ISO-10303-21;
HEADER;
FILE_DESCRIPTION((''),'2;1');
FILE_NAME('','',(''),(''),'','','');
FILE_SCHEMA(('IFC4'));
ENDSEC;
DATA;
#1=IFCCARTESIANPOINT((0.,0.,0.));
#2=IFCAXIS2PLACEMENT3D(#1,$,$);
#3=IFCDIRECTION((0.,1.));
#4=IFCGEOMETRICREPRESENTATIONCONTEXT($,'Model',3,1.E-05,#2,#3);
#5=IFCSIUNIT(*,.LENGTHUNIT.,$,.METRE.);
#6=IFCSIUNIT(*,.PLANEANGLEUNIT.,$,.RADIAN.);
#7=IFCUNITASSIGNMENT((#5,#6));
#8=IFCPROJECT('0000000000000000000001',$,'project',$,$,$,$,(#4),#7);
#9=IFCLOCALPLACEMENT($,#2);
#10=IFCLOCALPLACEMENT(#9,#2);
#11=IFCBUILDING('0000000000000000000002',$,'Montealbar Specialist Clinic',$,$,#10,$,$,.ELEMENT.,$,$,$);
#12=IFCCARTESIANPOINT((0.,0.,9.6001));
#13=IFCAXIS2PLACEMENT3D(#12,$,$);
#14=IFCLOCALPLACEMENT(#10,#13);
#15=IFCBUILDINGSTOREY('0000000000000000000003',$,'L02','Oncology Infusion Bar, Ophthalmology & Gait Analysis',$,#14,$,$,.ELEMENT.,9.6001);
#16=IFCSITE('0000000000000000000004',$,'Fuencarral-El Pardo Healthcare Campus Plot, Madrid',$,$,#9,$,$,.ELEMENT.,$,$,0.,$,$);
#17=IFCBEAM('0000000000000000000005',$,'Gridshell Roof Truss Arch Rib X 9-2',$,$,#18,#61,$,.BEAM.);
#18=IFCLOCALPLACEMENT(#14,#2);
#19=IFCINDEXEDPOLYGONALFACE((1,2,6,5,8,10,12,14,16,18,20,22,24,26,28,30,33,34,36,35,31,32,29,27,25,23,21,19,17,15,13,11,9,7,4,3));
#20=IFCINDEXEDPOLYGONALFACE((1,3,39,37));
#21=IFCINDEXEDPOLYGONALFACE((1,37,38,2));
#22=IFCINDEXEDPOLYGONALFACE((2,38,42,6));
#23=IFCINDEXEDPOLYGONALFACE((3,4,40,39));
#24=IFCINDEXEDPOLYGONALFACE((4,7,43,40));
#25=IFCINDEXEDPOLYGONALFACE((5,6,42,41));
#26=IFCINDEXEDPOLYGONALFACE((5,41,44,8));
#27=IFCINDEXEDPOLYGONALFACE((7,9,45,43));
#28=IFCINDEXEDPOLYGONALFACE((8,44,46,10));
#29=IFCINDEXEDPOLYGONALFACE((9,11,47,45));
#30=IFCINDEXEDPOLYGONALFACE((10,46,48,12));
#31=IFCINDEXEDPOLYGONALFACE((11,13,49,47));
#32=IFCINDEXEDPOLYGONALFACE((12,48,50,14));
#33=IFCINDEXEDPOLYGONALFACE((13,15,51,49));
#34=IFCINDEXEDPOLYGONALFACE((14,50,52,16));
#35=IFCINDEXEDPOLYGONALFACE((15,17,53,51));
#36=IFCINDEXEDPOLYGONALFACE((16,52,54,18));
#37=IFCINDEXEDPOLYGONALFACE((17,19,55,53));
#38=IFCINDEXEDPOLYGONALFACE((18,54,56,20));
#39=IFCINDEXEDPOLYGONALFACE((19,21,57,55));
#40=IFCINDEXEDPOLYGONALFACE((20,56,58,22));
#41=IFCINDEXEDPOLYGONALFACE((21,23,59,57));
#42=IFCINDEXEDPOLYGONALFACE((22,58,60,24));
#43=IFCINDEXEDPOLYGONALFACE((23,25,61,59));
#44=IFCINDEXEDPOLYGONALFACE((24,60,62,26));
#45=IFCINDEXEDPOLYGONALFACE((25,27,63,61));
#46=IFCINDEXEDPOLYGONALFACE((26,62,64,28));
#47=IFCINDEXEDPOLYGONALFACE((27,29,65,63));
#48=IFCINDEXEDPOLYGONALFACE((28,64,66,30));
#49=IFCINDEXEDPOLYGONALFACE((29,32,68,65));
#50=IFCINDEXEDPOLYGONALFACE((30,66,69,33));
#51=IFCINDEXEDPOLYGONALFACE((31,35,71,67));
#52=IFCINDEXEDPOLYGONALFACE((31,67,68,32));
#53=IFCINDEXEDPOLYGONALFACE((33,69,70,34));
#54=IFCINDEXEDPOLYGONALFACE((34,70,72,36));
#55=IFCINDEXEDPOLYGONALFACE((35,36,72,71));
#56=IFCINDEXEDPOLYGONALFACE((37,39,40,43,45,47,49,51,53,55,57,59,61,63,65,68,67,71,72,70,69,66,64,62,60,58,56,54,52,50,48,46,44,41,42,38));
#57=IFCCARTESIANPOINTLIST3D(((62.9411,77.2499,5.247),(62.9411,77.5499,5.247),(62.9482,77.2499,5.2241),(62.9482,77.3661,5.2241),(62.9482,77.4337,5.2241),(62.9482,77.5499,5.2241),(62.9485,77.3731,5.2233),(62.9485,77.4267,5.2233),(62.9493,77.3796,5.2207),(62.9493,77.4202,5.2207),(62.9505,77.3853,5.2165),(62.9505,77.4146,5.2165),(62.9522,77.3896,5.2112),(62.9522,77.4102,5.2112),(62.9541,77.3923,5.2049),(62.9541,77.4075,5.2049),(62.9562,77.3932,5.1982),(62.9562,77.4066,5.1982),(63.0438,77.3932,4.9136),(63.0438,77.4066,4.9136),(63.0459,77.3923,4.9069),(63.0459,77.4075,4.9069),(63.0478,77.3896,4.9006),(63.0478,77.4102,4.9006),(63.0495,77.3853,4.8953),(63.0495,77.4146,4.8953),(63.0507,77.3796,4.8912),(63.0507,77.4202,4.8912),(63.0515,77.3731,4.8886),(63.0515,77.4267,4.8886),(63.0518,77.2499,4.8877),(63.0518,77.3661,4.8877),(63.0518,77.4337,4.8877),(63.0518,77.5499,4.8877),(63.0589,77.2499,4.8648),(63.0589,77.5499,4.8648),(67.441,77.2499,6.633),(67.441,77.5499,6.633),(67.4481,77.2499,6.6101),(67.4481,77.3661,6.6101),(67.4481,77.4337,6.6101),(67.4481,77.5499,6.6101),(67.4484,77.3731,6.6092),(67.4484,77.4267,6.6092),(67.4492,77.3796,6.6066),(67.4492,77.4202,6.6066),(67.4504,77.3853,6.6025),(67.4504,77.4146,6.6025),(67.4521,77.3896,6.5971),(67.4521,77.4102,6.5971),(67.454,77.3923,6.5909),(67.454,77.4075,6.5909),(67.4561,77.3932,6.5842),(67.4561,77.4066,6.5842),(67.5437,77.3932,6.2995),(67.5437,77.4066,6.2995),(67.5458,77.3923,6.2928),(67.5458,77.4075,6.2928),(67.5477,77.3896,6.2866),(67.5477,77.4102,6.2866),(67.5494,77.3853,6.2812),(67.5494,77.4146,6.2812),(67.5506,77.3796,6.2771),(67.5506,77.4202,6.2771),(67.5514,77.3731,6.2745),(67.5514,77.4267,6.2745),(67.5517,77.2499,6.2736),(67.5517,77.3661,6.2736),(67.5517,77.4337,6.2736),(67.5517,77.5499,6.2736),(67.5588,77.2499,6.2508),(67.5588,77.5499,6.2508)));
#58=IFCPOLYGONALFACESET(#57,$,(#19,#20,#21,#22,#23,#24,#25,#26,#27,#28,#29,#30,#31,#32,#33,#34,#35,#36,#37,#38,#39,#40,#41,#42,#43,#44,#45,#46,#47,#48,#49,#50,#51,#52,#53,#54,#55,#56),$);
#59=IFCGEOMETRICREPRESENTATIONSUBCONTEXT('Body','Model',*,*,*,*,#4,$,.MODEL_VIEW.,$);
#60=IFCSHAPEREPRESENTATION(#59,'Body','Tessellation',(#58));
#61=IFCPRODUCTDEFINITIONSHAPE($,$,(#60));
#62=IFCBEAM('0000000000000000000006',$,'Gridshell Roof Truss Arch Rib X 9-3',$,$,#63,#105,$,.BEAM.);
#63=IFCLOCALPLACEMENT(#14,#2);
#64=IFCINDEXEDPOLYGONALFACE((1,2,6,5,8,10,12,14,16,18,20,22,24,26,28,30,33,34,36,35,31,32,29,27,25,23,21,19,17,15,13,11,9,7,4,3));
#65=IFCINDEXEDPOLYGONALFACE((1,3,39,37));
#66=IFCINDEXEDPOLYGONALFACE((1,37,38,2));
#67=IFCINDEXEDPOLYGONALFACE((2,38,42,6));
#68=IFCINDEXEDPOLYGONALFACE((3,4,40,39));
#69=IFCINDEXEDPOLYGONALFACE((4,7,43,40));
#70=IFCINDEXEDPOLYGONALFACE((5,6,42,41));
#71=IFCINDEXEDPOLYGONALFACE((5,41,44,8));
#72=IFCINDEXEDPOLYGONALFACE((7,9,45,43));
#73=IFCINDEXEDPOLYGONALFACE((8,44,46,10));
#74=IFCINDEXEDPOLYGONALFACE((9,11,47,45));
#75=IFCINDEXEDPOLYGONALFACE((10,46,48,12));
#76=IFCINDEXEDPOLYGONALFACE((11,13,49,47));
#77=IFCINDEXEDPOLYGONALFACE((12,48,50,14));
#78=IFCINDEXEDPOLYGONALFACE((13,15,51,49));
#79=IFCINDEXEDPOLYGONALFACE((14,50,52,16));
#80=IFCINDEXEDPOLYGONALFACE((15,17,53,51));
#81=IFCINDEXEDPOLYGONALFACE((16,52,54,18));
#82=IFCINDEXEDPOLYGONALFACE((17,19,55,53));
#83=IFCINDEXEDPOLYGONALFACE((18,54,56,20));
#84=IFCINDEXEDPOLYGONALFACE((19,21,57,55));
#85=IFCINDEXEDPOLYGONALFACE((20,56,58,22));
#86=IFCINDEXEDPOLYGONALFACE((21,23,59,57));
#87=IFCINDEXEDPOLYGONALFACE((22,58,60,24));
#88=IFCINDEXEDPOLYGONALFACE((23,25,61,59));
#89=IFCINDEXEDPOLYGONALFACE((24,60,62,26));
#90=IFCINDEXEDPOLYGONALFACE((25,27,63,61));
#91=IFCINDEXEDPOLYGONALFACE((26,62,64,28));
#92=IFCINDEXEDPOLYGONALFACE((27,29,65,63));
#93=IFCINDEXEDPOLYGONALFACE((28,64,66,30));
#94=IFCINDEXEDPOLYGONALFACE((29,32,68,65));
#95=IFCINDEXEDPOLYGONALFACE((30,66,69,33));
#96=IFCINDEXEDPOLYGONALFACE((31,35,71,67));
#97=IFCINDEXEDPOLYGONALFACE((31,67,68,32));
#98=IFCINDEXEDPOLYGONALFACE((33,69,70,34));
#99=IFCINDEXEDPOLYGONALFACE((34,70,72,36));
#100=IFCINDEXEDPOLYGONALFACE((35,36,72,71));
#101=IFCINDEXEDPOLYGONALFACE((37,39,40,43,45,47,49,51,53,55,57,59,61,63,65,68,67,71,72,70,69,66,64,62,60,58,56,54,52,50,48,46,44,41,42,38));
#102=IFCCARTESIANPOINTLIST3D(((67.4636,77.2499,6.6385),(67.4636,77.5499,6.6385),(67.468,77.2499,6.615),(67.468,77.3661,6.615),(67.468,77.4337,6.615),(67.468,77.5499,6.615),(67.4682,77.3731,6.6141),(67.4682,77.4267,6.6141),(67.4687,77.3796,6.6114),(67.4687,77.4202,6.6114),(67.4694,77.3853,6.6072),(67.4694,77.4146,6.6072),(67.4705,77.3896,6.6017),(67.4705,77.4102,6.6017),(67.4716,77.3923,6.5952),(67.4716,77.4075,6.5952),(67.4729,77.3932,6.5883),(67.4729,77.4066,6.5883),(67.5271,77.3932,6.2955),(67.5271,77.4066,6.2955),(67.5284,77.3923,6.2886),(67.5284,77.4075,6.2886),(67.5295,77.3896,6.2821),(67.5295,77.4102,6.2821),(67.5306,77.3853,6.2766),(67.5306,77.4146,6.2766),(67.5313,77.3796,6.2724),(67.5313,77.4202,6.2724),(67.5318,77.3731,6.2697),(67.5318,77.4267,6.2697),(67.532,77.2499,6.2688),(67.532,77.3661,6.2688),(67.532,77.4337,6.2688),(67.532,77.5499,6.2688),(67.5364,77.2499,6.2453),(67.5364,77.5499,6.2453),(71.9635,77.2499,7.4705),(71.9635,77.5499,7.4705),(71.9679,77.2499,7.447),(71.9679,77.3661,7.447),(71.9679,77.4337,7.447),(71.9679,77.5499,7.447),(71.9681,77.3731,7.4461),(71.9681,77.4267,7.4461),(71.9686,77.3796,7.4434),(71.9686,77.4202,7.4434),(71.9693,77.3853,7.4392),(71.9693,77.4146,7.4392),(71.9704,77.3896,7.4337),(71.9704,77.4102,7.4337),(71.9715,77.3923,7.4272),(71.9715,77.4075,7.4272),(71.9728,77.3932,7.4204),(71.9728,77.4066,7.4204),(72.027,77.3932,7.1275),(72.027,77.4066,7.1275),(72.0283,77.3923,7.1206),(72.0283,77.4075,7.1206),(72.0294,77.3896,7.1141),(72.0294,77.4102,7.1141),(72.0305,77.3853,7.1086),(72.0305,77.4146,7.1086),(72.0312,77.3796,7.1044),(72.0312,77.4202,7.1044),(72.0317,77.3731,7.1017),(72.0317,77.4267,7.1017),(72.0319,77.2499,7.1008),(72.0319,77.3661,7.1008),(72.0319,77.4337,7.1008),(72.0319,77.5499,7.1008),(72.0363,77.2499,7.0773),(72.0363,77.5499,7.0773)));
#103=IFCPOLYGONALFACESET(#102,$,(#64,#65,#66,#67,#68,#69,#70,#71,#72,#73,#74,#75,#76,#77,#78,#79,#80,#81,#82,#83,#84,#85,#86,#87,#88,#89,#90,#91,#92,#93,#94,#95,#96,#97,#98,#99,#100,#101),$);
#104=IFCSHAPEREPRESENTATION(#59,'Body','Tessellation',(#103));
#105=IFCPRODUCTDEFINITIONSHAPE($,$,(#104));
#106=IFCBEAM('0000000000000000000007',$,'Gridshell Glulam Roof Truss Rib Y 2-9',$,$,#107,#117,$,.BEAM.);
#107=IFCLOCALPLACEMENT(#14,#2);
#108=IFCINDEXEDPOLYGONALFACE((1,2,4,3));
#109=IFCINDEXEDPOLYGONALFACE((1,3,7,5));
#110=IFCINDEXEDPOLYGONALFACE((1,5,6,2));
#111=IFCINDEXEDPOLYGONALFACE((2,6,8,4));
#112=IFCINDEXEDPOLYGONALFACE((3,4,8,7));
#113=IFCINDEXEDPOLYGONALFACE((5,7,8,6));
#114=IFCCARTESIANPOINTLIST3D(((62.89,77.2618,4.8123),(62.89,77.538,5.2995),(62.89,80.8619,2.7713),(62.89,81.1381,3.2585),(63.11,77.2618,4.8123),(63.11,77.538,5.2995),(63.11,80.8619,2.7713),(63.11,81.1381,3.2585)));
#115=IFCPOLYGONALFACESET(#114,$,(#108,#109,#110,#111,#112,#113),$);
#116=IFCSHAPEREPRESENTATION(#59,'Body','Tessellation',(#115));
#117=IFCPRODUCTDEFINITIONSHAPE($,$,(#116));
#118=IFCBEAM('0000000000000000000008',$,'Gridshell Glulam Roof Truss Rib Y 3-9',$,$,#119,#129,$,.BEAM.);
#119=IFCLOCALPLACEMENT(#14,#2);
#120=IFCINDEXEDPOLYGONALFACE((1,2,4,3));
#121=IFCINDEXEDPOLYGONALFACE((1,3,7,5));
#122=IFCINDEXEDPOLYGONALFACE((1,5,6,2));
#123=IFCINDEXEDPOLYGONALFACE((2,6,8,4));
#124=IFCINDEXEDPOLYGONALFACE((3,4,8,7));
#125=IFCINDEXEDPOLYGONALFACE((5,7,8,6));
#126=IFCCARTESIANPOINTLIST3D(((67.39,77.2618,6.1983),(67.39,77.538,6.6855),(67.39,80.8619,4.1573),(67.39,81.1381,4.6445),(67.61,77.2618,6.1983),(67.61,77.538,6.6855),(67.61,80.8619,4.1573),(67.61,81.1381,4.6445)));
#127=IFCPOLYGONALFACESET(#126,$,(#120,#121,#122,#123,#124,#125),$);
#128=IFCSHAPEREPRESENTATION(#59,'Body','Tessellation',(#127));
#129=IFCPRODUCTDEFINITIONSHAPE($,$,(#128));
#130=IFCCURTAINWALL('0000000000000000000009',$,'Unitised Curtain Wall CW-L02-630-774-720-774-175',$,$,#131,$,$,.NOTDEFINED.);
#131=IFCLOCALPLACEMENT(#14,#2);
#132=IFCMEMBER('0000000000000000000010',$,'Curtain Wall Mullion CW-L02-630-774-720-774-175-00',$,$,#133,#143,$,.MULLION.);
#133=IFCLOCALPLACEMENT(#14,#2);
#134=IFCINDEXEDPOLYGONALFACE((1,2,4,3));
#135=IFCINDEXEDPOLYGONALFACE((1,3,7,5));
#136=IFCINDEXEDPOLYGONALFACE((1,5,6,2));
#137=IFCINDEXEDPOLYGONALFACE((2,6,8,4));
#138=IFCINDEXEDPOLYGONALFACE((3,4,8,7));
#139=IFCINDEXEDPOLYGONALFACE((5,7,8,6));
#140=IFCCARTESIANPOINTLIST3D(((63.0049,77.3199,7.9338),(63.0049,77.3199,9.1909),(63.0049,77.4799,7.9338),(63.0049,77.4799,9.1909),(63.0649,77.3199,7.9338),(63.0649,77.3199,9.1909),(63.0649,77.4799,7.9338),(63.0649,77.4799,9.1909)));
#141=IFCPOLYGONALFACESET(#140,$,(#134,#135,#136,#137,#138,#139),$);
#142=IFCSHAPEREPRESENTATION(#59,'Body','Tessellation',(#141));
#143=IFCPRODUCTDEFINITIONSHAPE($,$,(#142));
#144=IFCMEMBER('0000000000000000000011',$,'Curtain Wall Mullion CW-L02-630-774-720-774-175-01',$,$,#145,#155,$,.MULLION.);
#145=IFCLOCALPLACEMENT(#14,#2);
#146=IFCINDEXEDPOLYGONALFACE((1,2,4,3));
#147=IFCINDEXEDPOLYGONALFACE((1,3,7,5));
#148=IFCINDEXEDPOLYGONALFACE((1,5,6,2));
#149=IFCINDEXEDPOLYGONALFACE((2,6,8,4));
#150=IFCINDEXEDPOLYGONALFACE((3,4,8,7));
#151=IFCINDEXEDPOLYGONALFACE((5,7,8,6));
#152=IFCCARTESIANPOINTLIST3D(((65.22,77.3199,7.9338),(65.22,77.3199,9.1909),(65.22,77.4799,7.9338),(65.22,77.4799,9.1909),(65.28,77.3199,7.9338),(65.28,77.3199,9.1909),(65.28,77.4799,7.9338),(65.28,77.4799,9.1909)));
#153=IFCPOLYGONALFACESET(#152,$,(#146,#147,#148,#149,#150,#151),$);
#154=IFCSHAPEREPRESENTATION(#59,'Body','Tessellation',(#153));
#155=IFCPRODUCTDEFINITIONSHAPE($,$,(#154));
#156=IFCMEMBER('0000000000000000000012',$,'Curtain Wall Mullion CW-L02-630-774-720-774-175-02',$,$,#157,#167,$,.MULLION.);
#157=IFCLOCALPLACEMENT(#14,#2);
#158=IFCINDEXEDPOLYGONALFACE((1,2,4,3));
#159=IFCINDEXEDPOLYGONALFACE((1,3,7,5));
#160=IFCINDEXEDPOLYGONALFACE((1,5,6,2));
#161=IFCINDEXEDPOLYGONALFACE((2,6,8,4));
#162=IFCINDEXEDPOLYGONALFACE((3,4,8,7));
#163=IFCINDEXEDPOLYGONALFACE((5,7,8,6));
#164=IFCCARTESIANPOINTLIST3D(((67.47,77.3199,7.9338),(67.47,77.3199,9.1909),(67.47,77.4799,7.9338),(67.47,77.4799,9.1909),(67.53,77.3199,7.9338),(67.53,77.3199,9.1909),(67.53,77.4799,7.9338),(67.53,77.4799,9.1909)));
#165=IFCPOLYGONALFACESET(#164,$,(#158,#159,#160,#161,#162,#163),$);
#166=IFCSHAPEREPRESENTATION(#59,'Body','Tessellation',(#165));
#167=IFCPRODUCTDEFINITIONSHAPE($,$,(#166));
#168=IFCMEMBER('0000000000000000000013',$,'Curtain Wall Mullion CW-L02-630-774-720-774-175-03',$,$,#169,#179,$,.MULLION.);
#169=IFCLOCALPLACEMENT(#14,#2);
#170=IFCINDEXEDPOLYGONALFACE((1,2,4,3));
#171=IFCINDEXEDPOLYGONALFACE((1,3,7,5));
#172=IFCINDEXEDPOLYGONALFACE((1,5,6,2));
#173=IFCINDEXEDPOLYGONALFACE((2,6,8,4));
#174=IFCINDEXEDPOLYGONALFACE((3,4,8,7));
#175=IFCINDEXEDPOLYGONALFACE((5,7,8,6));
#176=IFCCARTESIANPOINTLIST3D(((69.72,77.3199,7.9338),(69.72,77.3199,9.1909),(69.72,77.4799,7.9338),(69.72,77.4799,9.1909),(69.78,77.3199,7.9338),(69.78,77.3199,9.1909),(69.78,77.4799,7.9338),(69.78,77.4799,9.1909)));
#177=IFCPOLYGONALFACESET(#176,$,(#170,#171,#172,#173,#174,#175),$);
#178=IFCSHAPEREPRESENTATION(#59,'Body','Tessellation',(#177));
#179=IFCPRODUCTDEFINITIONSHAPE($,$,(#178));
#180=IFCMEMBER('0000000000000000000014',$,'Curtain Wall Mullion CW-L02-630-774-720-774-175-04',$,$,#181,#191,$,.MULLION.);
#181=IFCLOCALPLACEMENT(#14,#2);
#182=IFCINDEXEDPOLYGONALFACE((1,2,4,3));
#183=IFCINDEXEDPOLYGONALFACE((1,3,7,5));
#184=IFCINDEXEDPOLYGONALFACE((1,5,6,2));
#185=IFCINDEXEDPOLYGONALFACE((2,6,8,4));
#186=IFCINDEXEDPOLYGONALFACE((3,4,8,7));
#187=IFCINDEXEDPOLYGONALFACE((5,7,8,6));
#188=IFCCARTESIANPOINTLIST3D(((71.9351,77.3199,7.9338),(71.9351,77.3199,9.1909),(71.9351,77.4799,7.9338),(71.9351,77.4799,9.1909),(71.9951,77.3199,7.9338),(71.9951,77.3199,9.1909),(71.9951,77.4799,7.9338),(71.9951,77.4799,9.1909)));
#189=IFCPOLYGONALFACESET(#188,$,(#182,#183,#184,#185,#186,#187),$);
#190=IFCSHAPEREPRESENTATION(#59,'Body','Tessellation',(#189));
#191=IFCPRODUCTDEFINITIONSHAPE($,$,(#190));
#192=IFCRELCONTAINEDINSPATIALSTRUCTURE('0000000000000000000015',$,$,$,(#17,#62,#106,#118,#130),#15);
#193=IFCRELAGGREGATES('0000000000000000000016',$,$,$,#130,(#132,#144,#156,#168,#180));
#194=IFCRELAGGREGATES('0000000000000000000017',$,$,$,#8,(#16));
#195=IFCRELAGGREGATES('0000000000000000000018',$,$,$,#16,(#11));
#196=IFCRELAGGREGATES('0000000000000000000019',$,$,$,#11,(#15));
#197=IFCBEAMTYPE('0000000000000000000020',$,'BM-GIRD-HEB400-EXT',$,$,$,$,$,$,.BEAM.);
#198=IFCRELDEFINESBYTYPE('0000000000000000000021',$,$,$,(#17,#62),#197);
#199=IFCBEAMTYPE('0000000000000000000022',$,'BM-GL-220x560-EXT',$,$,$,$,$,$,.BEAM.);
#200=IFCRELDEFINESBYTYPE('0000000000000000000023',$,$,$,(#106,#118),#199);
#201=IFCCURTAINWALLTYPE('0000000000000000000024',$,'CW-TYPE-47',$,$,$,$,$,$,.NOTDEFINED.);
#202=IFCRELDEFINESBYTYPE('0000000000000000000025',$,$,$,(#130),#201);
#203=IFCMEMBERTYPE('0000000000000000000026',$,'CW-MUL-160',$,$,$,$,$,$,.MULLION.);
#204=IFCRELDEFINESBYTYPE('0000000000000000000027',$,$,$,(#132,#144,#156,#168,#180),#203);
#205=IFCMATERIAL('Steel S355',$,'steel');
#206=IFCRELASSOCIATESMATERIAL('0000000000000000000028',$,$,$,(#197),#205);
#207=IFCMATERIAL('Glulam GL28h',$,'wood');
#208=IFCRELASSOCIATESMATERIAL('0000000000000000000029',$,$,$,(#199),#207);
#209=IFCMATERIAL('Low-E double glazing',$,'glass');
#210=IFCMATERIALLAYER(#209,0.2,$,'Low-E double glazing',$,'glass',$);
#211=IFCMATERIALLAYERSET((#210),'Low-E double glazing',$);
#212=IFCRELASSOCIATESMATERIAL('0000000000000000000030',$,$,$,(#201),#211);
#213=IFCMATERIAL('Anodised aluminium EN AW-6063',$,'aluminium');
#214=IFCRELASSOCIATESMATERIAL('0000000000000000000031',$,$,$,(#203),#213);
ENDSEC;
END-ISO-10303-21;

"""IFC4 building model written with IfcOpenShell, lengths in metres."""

from ifc_helpers import new_model, si_unit, direction, frame, origin, origin_2d, place, context, subcontext, project, spatial, rectangle, i_section, extrude, material, layer, layer_set, material_profile, profile_set, type_object, element, aggregate, save


model = new_model("IFC4")

# Units and contexts
model_context = context("Model", 3, precision=1e-05, world=origin(), true_north=direction((0.0, 1.0)))
body_context = subcontext(model_context, "Body", "Model", "MODEL_VIEW")
ifc_project = project(units=[si_unit("LENGTHUNIT", "METRE"), si_unit("PLANEANGLEUNIT", "RADIAN")], contexts=[model_context])

# Site, building, storey
site_placement = place(None, origin())
site = spatial("IfcSite", under=ifc_project, at=site_placement, Name="Fuencarral-El Pardo Healthcare Campus Plot, Madrid", CompositionType="ELEMENT", RefElevation=0.0)
building_placement = place(site_placement, origin())
building = spatial("IfcBuilding", under=site, at=building_placement, Name="Montealbar Specialist Clinic", CompositionType="ELEMENT")
storey_placement = place(building_placement, frame((0.0, 0.0, 9.6001)))
storey = spatial("IfcBuildingStorey", under=building, at=storey_placement, Name="L02", Description="Oncology Infusion Bar, Ophthalmology & Gait Analysis", CompositionType="ELEMENT", Elevation=9.6001)

# Beams
ifc_material_1 = material(Name="Steel S355", Category="steel")
ifc_material_profile_1 = material_profile(ifc_material_1, i_section(OverallWidth=0.3, OverallDepth=0.3999, WebThickness=0.0134, FlangeThickness=0.0239, FilletRadius=0.0271, at=origin_2d()), Name="HEB 400", Category="steel")
ifc_profile_set_1 = profile_set([ifc_material_profile_1], Name="Steel S355")
beam_type_1 = type_object("IfcBeamType", Name="BM-GIRD-HEB400-EXT", PredefinedType="BEAM", material=ifc_profile_set_1)
beam_1_placement = place(storey_placement, frame((63.0, 77.3999, 5.0559), z_axis=(0.955697, 0.0, 0.294352), x_axis=(0.0, 1.0, 0.0)))
element("IfcBeam", 1, at=beam_1_placement, inside=storey, type_object=beam_type_1, Name="Gridshell Roof Truss Arch Rib X 9-2", PredefinedType="BEAM", context=body_context, shape_type="SweptSolid", body=[
    extrude(i_section(OverallWidth=0.3, OverallDepth=0.3999, WebThickness=0.0134, FlangeThickness=0.0239, FilletRadius=0.0271, at=origin_2d()), origin(), (0.0, 0.0, 1.0), 4.7085),
])
beam_2_placement = place(storey_placement, frame((67.5, 77.3999, 6.4419), z_axis=(0.983333, 0.0, 0.181814), x_axis=(0.0, 1.0, 0.0)))
element("IfcBeam", 2, at=beam_2_placement, inside=storey, type_object=beam_type_1, Name="Gridshell Roof Truss Arch Rib X 9-3", PredefinedType="BEAM", context=body_context, shape_type="SweptSolid", body=[
    extrude(i_section(OverallWidth=0.3, OverallDepth=0.3999, WebThickness=0.0134, FlangeThickness=0.0239, FilletRadius=0.0271, at=origin_2d()), origin(), (0.0, 0.0, 1.0), 4.5762),
])
ifc_material_2 = material(Name="Glulam GL28h", Category="wood")
ifc_material_profile_2 = material_profile(ifc_material_2, rectangle(XDim=0.22, YDim=0.5601, at=origin_2d()), Name="GL28h 220x560", Category="wood")
ifc_profile_set_2 = profile_set([ifc_material_profile_2], Name="Glulam GL28h")
beam_type_2 = type_object("IfcBeamType", Name="BM-GL-220x560-EXT", PredefinedType="BEAM", material=ifc_profile_set_2)
for number, where, z_axis, x_axis, name in (
    (3, (63.0, 77.3999, 5.0559), (0.0, 0.869923, -0.493188), (-1.0, 0.0, 0.0), "Gridshell Glulam Roof Truss Rib Y 2-9"),
    (4, (67.5, 77.3999, 6.4419), (0.0, 0.869923, -0.493188), (-1.0, 0.0, 0.0), "Gridshell Glulam Roof Truss Rib Y 3-9"),
):
    element("IfcBeam", number, at=place(storey_placement, frame(where, z_axis=z_axis, x_axis=x_axis)), inside=storey, type_object=beam_type_2, Name=name, PredefinedType="BEAM", context=body_context, shape_type="SweptSolid", body=[
        extrude(rectangle(XDim=0.22, YDim=0.5601, at=origin_2d()), origin(), (0.0, 0.0, 1.0), 4.1384),
    ])

# Curtain wall, members
ifc_material_3 = material(Name="Low-E double glazing", Category="glass")
ifc_layer_1 = layer(ifc_material_3, 0.2, Name="Low-E double glazing", Category="glass")
ifc_layer_set_1 = layer_set([ifc_layer_1], Name="Low-E double glazing")
curtain_wall_type = type_object("IfcCurtainWallType", Name="CW-TYPE-47", PredefinedType="NOTDEFINED", material=ifc_layer_set_1)
curtain_wall_placement = place(storey_placement, origin())
curtain_wall = element("IfcCurtainWall", 5, at=curtain_wall_placement, inside=storey, type_object=curtain_wall_type, Name="Unitised Curtain Wall CW-L02-630-774-720-774-175", PredefinedType="NOTDEFINED")
ifc_material_4 = material(Name="Anodised aluminium EN AW-6063", Category="aluminium")
ifc_material_profile_3 = material_profile(ifc_material_4, rectangle(XDim=0.0601, YDim=0.1599, at=origin_2d()), Name="ALU 60x160", Category="aluminium")
ifc_profile_set_3 = profile_set([ifc_material_profile_3], Name="Anodised aluminium EN AW-6063")
member_type_1 = type_object("IfcMemberType", Name="CW-MUL-160", PredefinedType="MULLION", material=ifc_profile_set_3)
member_1_placement = place(storey_placement, frame((63.0349, 77.3999, 7.9338), z_axis=(0.0, 0.0, 1.0), x_axis=(1.0, 0.0, 0.0)))
member_1 = element("IfcMember", 6, at=member_1_placement, type_object=member_type_1, Name="Curtain Wall Mullion CW-L02-630-774-720-774-175-00", PredefinedType="MULLION", context=body_context, shape_type="SweptSolid", body=[
    extrude(rectangle(XDim=0.0601, YDim=0.1599, at=origin_2d()), origin(), (0.0, 0.0, 1.0), 1.2571),
])
member_2_placement = place(storey_placement, frame((65.25, 77.3999, 7.9338), z_axis=(0.0, 0.0, 1.0), x_axis=(1.0, 0.0, 0.0)))
member_2 = element("IfcMember", 7, at=member_2_placement, type_object=member_type_1, Name="Curtain Wall Mullion CW-L02-630-774-720-774-175-01", PredefinedType="MULLION", context=body_context, shape_type="SweptSolid", body=[
    extrude(rectangle(XDim=0.0601, YDim=0.1599, at=origin_2d()), origin(), (0.0, 0.0, 1.0), 1.2571),
])
member_3_placement = place(storey_placement, frame((67.5, 77.3999, 7.9338), z_axis=(0.0, 0.0, 1.0), x_axis=(1.0, 0.0, 0.0)))
member_3 = element("IfcMember", 8, at=member_3_placement, type_object=member_type_1, Name="Curtain Wall Mullion CW-L02-630-774-720-774-175-02", PredefinedType="MULLION", context=body_context, shape_type="SweptSolid", body=[
    extrude(rectangle(XDim=0.0601, YDim=0.1599, at=origin_2d()), origin(), (0.0, 0.0, 1.0), 1.2571),
])
member_4_placement = place(storey_placement, frame((69.75, 77.3999, 7.9338), z_axis=(0.0, 0.0, 1.0), x_axis=(1.0, 0.0, 0.0)))
member_4 = element("IfcMember", 9, at=member_4_placement, type_object=member_type_1, Name="Curtain Wall Mullion CW-L02-630-774-720-774-175-03", PredefinedType="MULLION", context=body_context, shape_type="SweptSolid", body=[
    extrude(rectangle(XDim=0.0601, YDim=0.1599, at=origin_2d()), origin(), (0.0, 0.0, 1.0), 1.2571),
])
member_5_placement = place(storey_placement, frame((71.9651, 77.3999, 7.9338), z_axis=(0.0, 0.0, 1.0), x_axis=(1.0, 0.0, 0.0)))
member_5 = element("IfcMember", 10, at=member_5_placement, type_object=member_type_1, Name="Curtain Wall Mullion CW-L02-630-774-720-774-175-04", PredefinedType="MULLION", context=body_context, shape_type="SweptSolid", body=[
    extrude(rectangle(XDim=0.0601, YDim=0.1599, at=origin_2d()), origin(), (0.0, 0.0, 1.0), 1.2571),
])

aggregate(curtain_wall, [member_1, member_2, member_3, member_4, member_5])

save(model, "model.ifc")
